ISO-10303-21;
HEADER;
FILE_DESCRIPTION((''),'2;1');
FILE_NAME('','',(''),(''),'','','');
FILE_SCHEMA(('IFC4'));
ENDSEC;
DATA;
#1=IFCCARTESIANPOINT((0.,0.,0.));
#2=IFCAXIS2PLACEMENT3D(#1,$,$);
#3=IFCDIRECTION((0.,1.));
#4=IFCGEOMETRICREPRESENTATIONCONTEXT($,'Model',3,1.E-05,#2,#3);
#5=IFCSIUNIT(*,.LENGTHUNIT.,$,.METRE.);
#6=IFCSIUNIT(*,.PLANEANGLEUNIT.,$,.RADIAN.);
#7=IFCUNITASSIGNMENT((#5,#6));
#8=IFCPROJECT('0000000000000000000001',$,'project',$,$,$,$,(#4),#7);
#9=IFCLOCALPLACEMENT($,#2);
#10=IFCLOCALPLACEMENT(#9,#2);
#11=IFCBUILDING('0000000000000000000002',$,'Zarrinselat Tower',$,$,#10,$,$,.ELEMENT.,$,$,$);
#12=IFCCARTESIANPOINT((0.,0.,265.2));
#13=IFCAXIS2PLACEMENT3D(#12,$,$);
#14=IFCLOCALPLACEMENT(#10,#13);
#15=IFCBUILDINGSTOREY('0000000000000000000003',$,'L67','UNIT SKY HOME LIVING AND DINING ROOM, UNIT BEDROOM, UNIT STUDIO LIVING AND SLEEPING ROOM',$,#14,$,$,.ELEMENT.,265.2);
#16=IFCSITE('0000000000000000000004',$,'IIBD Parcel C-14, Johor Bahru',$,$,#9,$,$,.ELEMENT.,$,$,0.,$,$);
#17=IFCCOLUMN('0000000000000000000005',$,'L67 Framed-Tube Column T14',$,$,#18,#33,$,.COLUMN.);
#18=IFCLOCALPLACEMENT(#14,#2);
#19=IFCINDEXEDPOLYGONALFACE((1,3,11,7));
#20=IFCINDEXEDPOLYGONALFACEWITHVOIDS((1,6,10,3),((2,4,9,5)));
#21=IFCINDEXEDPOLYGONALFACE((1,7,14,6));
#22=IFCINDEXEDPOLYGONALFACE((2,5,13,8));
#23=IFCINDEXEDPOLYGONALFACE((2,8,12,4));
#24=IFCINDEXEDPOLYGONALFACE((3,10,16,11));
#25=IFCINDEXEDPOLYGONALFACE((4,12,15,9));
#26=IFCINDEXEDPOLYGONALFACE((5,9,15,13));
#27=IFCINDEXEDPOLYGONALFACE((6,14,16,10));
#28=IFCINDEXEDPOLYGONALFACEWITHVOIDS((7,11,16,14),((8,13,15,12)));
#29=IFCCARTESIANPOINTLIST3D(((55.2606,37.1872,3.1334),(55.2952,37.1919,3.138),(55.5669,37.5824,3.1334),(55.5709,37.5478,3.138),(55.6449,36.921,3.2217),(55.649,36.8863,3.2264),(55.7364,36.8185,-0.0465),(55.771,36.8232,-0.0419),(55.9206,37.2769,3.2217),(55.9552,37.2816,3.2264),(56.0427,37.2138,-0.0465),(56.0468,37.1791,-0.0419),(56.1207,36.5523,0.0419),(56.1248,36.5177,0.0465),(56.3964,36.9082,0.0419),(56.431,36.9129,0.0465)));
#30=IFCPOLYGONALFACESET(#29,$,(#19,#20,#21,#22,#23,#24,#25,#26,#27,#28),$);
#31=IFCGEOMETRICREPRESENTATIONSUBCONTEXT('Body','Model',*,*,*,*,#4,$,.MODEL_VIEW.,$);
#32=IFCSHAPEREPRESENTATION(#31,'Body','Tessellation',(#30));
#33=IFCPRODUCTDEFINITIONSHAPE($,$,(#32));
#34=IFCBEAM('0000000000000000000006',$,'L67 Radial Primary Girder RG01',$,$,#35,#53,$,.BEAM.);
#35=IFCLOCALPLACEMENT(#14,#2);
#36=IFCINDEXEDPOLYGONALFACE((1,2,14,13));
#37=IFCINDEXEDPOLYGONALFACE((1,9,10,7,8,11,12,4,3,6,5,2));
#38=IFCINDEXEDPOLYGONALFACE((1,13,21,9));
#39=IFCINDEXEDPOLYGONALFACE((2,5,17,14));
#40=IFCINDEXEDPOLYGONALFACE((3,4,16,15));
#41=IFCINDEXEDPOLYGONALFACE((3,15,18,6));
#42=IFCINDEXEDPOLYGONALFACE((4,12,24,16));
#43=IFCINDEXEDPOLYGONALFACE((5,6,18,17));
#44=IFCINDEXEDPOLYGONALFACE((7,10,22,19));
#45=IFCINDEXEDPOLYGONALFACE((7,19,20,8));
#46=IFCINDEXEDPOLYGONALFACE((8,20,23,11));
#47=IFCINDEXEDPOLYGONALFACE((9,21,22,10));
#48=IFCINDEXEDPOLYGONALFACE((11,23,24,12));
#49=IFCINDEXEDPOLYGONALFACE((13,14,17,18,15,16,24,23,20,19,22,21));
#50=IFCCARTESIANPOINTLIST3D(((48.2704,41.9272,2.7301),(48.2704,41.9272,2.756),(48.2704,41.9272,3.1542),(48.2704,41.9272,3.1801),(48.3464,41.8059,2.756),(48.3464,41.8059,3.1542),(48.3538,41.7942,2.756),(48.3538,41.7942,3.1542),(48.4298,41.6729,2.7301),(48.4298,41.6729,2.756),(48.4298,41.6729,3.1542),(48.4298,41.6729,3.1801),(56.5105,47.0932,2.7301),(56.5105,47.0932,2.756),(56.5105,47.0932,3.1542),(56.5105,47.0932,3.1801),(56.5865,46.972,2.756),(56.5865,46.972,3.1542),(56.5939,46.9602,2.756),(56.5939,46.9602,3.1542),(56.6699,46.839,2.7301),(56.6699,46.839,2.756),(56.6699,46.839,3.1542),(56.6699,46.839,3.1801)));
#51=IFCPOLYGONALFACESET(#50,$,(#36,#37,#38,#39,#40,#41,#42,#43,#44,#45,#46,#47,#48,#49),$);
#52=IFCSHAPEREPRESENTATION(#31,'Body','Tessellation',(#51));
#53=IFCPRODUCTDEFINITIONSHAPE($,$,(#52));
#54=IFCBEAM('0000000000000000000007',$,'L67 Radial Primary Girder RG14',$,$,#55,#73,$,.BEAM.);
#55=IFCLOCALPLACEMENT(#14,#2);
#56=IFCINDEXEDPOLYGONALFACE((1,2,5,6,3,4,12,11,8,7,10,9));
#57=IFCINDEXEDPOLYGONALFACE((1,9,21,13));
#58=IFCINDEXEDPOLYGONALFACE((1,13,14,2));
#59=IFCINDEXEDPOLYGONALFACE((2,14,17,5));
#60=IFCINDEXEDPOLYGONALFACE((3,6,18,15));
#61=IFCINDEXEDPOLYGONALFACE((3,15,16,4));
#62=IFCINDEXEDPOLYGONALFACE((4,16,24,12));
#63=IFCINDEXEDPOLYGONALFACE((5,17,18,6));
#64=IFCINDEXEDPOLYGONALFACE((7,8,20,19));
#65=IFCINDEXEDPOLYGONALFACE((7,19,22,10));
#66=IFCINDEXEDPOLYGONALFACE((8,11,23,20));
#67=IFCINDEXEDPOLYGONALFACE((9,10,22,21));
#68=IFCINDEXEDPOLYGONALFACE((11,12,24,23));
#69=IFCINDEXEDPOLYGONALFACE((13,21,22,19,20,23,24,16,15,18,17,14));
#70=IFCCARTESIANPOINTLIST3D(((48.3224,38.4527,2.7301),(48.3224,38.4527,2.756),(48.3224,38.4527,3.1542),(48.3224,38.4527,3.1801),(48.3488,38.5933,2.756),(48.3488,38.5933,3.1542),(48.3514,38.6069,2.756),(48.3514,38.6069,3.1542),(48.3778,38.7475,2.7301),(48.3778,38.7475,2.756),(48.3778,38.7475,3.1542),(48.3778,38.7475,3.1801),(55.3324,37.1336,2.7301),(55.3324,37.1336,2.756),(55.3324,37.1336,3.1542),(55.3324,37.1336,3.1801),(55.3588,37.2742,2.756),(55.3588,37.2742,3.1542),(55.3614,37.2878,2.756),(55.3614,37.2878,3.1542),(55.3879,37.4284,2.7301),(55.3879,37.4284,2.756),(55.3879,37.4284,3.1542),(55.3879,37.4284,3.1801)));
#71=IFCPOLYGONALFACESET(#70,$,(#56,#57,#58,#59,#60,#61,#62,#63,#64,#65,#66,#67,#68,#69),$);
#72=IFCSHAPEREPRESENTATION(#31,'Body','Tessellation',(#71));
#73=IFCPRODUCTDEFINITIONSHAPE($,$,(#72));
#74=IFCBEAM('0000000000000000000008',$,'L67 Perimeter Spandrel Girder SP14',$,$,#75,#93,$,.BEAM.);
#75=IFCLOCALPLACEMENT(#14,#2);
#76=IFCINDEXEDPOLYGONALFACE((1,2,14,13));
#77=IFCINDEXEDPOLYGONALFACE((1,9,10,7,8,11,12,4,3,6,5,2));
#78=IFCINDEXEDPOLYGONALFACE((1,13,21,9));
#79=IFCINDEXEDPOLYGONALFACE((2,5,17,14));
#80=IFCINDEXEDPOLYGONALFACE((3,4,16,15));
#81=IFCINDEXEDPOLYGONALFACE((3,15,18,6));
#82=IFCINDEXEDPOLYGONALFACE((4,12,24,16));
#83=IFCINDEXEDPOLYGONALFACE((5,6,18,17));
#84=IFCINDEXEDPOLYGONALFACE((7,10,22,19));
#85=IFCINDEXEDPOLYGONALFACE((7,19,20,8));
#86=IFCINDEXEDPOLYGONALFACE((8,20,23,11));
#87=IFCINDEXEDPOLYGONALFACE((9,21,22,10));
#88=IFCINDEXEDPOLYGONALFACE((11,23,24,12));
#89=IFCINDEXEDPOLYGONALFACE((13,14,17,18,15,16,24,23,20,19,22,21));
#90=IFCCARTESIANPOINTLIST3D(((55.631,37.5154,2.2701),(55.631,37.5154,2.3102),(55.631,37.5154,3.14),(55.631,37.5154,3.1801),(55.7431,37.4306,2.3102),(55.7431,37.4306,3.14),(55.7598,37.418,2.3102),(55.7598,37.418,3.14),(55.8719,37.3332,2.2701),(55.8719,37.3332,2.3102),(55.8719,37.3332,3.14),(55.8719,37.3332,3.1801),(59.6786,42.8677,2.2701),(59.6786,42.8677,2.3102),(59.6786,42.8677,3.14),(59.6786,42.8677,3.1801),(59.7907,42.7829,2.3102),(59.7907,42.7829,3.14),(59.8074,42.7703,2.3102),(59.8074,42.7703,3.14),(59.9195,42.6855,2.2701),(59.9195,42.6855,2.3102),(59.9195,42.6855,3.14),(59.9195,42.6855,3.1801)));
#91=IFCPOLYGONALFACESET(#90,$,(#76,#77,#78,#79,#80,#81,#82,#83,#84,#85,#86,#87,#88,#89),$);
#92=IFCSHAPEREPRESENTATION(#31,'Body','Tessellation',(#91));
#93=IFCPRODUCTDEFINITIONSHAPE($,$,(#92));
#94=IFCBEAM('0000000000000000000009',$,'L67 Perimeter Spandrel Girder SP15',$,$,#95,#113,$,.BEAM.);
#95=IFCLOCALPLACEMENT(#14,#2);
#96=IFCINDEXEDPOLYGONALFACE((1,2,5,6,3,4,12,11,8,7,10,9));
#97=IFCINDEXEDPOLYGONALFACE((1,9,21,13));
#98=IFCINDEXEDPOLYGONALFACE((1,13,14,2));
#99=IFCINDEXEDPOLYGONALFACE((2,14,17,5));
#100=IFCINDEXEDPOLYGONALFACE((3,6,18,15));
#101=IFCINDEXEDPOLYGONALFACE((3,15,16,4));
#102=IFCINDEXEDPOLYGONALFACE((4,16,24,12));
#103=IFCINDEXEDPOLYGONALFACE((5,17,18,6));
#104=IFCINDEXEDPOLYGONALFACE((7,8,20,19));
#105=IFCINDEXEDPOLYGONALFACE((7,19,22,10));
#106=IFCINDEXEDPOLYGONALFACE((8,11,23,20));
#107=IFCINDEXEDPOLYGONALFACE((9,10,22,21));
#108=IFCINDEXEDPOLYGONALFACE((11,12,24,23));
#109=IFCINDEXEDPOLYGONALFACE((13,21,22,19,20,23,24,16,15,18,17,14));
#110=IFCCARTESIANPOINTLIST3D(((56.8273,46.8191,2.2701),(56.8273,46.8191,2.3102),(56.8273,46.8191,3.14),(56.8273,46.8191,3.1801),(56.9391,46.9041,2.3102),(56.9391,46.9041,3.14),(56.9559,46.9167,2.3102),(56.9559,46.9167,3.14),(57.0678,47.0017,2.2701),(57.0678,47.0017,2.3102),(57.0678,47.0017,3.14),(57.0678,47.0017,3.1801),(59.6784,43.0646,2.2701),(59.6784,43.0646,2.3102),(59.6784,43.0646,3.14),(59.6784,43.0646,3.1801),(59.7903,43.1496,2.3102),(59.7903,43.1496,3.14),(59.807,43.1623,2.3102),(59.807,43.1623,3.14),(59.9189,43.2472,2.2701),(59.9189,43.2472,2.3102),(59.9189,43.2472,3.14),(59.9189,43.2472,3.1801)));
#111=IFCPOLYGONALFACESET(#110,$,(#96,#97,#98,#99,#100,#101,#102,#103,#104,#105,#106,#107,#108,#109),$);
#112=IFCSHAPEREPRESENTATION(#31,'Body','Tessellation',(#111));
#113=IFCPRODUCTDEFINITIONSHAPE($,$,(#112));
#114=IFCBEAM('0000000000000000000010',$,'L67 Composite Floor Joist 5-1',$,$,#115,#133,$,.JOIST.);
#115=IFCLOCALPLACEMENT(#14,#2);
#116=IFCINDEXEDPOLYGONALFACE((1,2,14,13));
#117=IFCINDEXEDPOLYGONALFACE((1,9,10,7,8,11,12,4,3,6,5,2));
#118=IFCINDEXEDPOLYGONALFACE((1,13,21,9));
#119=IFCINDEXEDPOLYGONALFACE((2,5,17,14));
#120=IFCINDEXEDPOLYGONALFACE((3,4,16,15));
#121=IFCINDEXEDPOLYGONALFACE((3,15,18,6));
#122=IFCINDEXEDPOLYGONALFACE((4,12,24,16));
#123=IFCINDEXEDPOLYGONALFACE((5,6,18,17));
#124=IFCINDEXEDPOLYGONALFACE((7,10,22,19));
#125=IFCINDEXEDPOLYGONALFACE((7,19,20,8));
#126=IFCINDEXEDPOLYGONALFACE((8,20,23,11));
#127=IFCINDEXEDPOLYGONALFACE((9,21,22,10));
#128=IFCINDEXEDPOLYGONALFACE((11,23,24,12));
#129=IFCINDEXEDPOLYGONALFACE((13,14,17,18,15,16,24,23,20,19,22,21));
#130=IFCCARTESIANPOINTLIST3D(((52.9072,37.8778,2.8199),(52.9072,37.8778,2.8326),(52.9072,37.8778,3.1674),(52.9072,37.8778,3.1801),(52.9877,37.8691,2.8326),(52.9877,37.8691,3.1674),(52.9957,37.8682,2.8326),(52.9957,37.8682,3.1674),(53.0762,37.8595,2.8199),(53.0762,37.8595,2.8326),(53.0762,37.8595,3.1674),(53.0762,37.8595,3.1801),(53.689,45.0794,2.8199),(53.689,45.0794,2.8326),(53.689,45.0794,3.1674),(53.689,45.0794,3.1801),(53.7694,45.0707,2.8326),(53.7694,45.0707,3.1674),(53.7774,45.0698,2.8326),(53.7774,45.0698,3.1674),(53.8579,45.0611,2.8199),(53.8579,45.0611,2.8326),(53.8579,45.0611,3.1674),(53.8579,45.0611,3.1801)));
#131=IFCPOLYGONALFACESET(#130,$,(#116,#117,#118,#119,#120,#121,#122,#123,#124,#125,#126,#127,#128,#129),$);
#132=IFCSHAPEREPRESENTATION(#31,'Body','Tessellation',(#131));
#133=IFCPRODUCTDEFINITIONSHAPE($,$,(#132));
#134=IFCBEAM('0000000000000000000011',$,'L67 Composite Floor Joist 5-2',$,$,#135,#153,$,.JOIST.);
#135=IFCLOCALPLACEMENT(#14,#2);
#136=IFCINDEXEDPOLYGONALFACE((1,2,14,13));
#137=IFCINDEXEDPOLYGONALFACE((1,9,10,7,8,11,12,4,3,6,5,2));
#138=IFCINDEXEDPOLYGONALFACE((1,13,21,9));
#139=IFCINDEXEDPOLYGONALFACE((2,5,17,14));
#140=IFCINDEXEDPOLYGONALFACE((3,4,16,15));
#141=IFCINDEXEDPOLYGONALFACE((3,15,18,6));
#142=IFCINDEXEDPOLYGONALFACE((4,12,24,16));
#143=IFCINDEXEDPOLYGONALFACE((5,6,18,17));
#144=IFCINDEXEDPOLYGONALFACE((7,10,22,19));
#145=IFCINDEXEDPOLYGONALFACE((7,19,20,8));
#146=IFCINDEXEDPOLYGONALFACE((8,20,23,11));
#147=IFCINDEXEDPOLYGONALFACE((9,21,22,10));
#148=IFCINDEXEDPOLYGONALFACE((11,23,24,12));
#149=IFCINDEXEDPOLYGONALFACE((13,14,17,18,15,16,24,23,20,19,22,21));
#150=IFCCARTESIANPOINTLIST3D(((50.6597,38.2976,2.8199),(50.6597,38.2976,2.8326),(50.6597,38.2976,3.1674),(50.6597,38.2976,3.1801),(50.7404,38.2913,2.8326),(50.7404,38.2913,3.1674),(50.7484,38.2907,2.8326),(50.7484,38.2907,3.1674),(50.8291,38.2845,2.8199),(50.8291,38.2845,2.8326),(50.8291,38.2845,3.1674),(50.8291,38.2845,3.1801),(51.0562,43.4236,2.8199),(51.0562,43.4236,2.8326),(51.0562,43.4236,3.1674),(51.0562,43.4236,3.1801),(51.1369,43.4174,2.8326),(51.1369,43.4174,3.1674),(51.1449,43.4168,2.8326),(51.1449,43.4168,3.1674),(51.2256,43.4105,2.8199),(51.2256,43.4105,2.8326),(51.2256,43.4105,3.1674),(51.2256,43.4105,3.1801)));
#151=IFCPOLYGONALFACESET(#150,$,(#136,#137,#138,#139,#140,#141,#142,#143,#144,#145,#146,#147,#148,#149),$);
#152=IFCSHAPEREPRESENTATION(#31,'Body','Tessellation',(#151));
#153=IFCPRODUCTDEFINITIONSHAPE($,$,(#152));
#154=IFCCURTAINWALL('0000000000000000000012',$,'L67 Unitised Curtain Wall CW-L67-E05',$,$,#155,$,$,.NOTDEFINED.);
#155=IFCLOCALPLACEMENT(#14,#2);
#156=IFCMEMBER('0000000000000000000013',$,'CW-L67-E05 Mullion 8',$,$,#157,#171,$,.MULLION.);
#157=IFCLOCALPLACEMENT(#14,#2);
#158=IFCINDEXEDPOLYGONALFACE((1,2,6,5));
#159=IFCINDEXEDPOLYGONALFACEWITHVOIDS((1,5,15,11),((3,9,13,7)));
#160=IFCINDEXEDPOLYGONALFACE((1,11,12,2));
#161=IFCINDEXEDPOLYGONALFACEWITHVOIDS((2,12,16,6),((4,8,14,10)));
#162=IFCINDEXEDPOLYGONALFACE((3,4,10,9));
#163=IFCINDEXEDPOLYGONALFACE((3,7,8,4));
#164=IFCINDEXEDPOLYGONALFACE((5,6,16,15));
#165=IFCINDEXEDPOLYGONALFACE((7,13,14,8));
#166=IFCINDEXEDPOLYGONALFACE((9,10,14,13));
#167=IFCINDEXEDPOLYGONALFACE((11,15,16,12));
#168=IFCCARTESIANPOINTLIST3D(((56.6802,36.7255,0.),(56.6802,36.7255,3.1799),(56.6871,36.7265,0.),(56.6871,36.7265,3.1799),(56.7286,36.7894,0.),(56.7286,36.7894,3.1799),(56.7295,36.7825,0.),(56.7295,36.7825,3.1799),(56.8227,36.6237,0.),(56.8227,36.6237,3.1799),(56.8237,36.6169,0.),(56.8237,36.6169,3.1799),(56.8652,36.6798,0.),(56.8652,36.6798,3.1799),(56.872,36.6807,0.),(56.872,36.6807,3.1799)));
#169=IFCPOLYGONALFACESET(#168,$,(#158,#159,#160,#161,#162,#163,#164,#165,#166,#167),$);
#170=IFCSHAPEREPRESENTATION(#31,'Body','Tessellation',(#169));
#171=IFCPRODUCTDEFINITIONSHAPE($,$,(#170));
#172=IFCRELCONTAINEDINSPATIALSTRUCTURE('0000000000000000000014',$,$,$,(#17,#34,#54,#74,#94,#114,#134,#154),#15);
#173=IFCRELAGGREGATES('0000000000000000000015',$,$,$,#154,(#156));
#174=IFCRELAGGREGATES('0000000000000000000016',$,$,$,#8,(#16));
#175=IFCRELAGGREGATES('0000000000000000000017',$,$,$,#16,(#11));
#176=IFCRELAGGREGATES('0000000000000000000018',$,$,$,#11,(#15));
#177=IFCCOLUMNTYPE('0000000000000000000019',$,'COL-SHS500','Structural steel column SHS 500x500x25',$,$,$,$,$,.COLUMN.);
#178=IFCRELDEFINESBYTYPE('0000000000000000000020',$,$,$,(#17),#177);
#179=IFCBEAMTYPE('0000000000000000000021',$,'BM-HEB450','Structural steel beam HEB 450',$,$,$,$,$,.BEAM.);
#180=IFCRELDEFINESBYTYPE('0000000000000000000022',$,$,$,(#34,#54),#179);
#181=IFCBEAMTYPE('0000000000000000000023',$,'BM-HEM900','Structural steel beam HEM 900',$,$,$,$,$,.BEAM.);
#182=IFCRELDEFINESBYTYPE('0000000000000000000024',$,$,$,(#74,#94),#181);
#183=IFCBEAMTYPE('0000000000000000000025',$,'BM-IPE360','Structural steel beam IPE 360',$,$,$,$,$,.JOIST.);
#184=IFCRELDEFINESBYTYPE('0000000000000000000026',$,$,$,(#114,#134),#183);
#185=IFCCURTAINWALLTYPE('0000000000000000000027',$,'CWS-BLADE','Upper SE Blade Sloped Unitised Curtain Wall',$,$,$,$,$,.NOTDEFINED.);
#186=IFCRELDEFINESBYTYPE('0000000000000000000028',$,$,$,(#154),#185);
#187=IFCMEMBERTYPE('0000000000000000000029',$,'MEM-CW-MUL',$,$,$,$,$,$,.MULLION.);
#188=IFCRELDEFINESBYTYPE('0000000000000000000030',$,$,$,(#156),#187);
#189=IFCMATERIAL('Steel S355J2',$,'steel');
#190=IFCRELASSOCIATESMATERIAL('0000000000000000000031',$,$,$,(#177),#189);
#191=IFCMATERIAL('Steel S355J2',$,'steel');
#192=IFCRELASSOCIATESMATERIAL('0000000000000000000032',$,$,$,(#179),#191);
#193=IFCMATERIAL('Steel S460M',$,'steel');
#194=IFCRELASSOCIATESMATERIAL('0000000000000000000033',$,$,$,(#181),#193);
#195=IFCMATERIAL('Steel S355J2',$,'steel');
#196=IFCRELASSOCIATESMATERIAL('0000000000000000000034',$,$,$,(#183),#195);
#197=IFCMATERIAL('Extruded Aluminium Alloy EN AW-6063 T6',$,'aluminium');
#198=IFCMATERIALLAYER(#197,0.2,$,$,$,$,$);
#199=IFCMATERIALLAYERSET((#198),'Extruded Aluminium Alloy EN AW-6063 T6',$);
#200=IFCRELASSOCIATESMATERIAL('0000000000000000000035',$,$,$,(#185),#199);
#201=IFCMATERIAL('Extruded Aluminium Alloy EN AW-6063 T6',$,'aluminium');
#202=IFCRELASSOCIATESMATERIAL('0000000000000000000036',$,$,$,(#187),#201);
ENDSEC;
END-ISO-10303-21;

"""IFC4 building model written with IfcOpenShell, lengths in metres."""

from ifc_helpers import new_model, si_unit, direction, frame, origin, origin_2d, place, context, subcontext, project, spatial, hollow_rectangle, i_section, extrude, material, layer, layer_set, material_profile, profile_set, type_object, element, aggregate, save


model = new_model("IFC4")

# Units and contexts
model_context = context("Model", 3, precision=1e-05, world=origin(), true_north=direction((0.0, 1.0)))
body_context = subcontext(model_context, "Body", "Model", "MODEL_VIEW")
ifc_project = project(units=[si_unit("LENGTHUNIT", "METRE"), si_unit("PLANEANGLEUNIT", "RADIAN")], contexts=[model_context])

# Site, building, storey
site_placement = place(None, origin())
site = spatial("IfcSite", under=ifc_project, at=site_placement, Name="IIBD Parcel C-14, Johor Bahru", CompositionType="ELEMENT", RefElevation=0.0)
building_placement = place(site_placement, origin())
building = spatial("IfcBuilding", under=site, at=building_placement, Name="Zarrinselat Tower", CompositionType="ELEMENT")
storey_placement = place(building_placement, frame((0.0, 0.0, 265.2)))
storey = spatial("IfcBuildingStorey", under=building, at=storey_placement, Name="L67", Description="UNIT SKY HOME LIVING AND DINING ROOM, UNIT BEDROOM, UNIT STUDIO LIVING AND SLEEPING ROOM", CompositionType="ELEMENT", Elevation=265.2)

# Column
ifc_material_1 = material(Name="Steel S355J2", Category="steel")
ifc_material_profile_1 = material_profile(ifc_material_1, hollow_rectangle(XDim=0.5, YDim=0.5, WallThickness=0.0249, at=origin_2d()), Name="SHS 500x500x25")
ifc_profile_set_1 = profile_set([ifc_material_profile_1], Name="Steel S355J2")
column_type = type_object("IfcColumnType", Name="COL-SHS500", Description="Structural steel column SHS 500x500x25", PredefinedType="COLUMN", material=ifc_profile_set_1)
column_placement = place(storey_placement, frame((56.0837, 36.8657, 0.0), z_axis=(-0.147025, 0.113908, 0.982552), x_axis=(-0.612451, -0.790508, 0.0)))
element("IfcColumn", 1, at=column_placement, inside=storey, type_object=column_type, Name="L67 Framed-Tube Column T14", PredefinedType="COLUMN", context=body_context, shape_type="SweptSolid", body=[
    extrude(hollow_rectangle(XDim=0.5, YDim=0.5, WallThickness=0.0249, at=origin_2d()), origin(), (0.0, 0.0, 1.0), 3.2363),
])

# Beams
ifc_material_2 = material(Name="Steel S355J2", Category="steel")
ifc_material_profile_2 = material_profile(ifc_material_2, i_section(OverallWidth=0.3, OverallDepth=0.45, WebThickness=0.0139, FlangeThickness=0.0259, at=origin_2d()), Name="HEB 450")
ifc_profile_set_2 = profile_set([ifc_material_profile_2], Name="Steel S355J2")
beam_type_1 = type_object("IfcBeamType", Name="BM-HEB450", Description="Structural steel beam HEB 450", PredefinedType="BEAM", material=ifc_profile_set_2)
beam_1_placement = place(storey_placement, frame((48.3501, 41.8, 2.9551), z_axis=(0.847257, 0.531183, 0.0), x_axis=(-0.531183, 0.847257, 0.0)))
element("IfcBeam", 2, at=beam_1_placement, inside=storey, type_object=beam_type_1, Name="L67 Radial Primary Girder RG01", PredefinedType="BEAM", context=body_context, shape_type="SweptSolid", body=[
    extrude(i_section(OverallWidth=0.3, OverallDepth=0.45, WebThickness=0.0139, FlangeThickness=0.0259, at=origin_2d()), origin(), (0.0, 0.0, 1.0), 9.7256),
])
beam_2_placement = place(storey_placement, frame((48.3501, 38.6001, 2.9551), z_axis=(0.982752, -0.184927, 0.0), x_axis=(0.184927, 0.982752, 0.0)))
element("IfcBeam", 3, at=beam_2_placement, inside=storey, type_object=beam_type_1, Name="L67 Radial Primary Girder RG14", PredefinedType="BEAM", context=body_context, shape_type="SweptSolid", body=[
    extrude(i_section(OverallWidth=0.3, OverallDepth=0.45, WebThickness=0.0139, FlangeThickness=0.0259, at=origin_2d()), origin(), (0.0, 0.0, 1.0), 7.1331),
])
ifc_material_3 = material(Name="Steel S460M", Category="steel")
ifc_material_profile_3 = material_profile(ifc_material_3, i_section(OverallWidth=0.302, OverallDepth=0.9099, WebThickness=0.021, FlangeThickness=0.04, at=origin_2d()), Name="HEM 900")
ifc_profile_set_3 = profile_set([ifc_material_profile_3], Name="Steel S460M")
beam_type_2 = type_object("IfcBeamType", Name="BM-HEM900", Description="Structural steel beam HEM 900", PredefinedType="BEAM", material=ifc_profile_set_3)
beam_3_placement = place(storey_placement, frame((55.7515, 37.4243, 2.7251), z_axis=(0.603179, 0.797606, 0.0), x_axis=(-0.797606, 0.603179, 0.0)))
element("IfcBeam", 4, at=beam_3_placement, inside=storey, type_object=beam_type_2, Name="L67 Perimeter Spandrel Girder SP14", PredefinedType="BEAM", context=body_context, shape_type="SweptSolid", body=[
    extrude(i_section(OverallWidth=0.302, OverallDepth=0.9099, WebThickness=0.021, FlangeThickness=0.04, at=origin_2d()), origin(), (0.0, 0.0, 1.0), 6.7104),
])
beam_4_placement = place(storey_placement, frame((56.9475, 46.9104, 2.7251), z_axis=(0.604779, -0.796394, 0.0), x_axis=(0.796394, 0.604779, 0.0)))
element("IfcBeam", 5, at=beam_4_placement, inside=storey, type_object=beam_type_2, Name="L67 Perimeter Spandrel Girder SP15", PredefinedType="BEAM", context=body_context, shape_type="SweptSolid", body=[
    extrude(i_section(OverallWidth=0.302, OverallDepth=0.9099, WebThickness=0.021, FlangeThickness=0.04, at=origin_2d()), origin(), (0.0, 0.0, 1.0), 4.7144),
])
ifc_material_4 = material(Name="Steel S355J2", Category="steel")
ifc_material_profile_4 = material_profile(ifc_material_4, i_section(OverallWidth=0.1699, OverallDepth=0.3601, WebThickness=0.0081, FlangeThickness=0.0127, at=origin_2d()), Name="IPE 360")
ifc_profile_set_4 = profile_set([ifc_material_profile_4], Name="Steel S355J2")
beam_type_3 = type_object("IfcBeamType", Name="BM-IPE360", Description="Structural steel beam IPE 360", PredefinedType="JOIST", material=ifc_profile_set_4)
beam_5_placement = place(storey_placement, frame((52.9917, 37.8687, 3.0), z_axis=(0.107916, 0.99416, 0.0), x_axis=(-0.99416, 0.107916, 0.0)))
element("IfcBeam", 6, at=beam_5_placement, inside=storey, type_object=beam_type_3, Name="L67 Composite Floor Joist 5-1", PredefinedType="JOIST", context=body_context, shape_type="SweptSolid", body=[
    extrude(i_section(OverallWidth=0.1699, OverallDepth=0.3601, WebThickness=0.0081, FlangeThickness=0.0127, at=origin_2d()), origin(), (0.0, 0.0, 1.0), 7.2439),
])
beam_6_placement = place(storey_placement, frame((50.7444, 38.291, 3.0), z_axis=(0.077118, 0.997022, 0.0), x_axis=(-0.997022, 0.077118, 0.0)))
element("IfcBeam", 7, at=beam_6_placement, inside=storey, type_object=beam_type_3, Name="L67 Composite Floor Joist 5-2", PredefinedType="JOIST", context=body_context, shape_type="SweptSolid", body=[
    extrude(i_section(OverallWidth=0.1699, OverallDepth=0.3601, WebThickness=0.0081, FlangeThickness=0.0127, at=origin_2d()), origin(), (0.0, 0.0, 1.0), 5.1414),
])

# Curtain wall, member
ifc_material_5 = material(Name="Extruded Aluminium Alloy EN AW-6063 T6", Category="aluminium")
ifc_layer_1 = layer(ifc_material_5, 0.2)
ifc_layer_set_1 = layer_set([ifc_layer_1], Name="Extruded Aluminium Alloy EN AW-6063 T6")
curtain_wall_type_1 = type_object("IfcCurtainWallType", Name="CWS-BLADE", Description="Upper SE Blade Sloped Unitised Curtain Wall", PredefinedType="NOTDEFINED", material=ifc_layer_set_1)
curtain_wall_1_placement = place(storey_placement, origin())
curtain_wall_1 = element("IfcCurtainWall", 8, at=curtain_wall_1_placement, inside=storey, type_object=curtain_wall_type_1, Name="L67 Unitised Curtain Wall CW-L67-E05", PredefinedType="NOTDEFINED")
ifc_material_6 = material(Name="Extruded Aluminium Alloy EN AW-6063 T6", Category="aluminium")
ifc_material_profile_5 = material_profile(ifc_material_6, hollow_rectangle(XDim=0.0801, YDim=0.1799, WallThickness=0.0049, at=origin_2d()), Name="RHS 180x80x5")
ifc_profile_set_5 = profile_set([ifc_material_profile_5], Name="Extruded Aluminium Alloy EN AW-6063 T6")
member_type_1 = type_object("IfcMemberType", Name="MEM-CW-MUL", PredefinedType="MULLION", material=ifc_profile_set_5)
member_1_placement = place(storey_placement, frame((56.7761, 36.7031, 0.0), z_axis=(0.0, 0.0, 1.0), x_axis=(0.60386, 0.797091, 0.0)))
member_1 = element("IfcMember", 9, at=member_1_placement, type_object=member_type_1, Name="CW-L67-E05 Mullion 8", PredefinedType="MULLION", context=body_context, shape_type="SweptSolid", body=[
    extrude(hollow_rectangle(XDim=0.0801, YDim=0.1799, WallThickness=0.0049, at=origin_2d()), origin(), (0.0, 0.0, 1.0), 3.1799),
])
aggregate(curtain_wall_1, [member_1])

save(model, "model.ifc")
